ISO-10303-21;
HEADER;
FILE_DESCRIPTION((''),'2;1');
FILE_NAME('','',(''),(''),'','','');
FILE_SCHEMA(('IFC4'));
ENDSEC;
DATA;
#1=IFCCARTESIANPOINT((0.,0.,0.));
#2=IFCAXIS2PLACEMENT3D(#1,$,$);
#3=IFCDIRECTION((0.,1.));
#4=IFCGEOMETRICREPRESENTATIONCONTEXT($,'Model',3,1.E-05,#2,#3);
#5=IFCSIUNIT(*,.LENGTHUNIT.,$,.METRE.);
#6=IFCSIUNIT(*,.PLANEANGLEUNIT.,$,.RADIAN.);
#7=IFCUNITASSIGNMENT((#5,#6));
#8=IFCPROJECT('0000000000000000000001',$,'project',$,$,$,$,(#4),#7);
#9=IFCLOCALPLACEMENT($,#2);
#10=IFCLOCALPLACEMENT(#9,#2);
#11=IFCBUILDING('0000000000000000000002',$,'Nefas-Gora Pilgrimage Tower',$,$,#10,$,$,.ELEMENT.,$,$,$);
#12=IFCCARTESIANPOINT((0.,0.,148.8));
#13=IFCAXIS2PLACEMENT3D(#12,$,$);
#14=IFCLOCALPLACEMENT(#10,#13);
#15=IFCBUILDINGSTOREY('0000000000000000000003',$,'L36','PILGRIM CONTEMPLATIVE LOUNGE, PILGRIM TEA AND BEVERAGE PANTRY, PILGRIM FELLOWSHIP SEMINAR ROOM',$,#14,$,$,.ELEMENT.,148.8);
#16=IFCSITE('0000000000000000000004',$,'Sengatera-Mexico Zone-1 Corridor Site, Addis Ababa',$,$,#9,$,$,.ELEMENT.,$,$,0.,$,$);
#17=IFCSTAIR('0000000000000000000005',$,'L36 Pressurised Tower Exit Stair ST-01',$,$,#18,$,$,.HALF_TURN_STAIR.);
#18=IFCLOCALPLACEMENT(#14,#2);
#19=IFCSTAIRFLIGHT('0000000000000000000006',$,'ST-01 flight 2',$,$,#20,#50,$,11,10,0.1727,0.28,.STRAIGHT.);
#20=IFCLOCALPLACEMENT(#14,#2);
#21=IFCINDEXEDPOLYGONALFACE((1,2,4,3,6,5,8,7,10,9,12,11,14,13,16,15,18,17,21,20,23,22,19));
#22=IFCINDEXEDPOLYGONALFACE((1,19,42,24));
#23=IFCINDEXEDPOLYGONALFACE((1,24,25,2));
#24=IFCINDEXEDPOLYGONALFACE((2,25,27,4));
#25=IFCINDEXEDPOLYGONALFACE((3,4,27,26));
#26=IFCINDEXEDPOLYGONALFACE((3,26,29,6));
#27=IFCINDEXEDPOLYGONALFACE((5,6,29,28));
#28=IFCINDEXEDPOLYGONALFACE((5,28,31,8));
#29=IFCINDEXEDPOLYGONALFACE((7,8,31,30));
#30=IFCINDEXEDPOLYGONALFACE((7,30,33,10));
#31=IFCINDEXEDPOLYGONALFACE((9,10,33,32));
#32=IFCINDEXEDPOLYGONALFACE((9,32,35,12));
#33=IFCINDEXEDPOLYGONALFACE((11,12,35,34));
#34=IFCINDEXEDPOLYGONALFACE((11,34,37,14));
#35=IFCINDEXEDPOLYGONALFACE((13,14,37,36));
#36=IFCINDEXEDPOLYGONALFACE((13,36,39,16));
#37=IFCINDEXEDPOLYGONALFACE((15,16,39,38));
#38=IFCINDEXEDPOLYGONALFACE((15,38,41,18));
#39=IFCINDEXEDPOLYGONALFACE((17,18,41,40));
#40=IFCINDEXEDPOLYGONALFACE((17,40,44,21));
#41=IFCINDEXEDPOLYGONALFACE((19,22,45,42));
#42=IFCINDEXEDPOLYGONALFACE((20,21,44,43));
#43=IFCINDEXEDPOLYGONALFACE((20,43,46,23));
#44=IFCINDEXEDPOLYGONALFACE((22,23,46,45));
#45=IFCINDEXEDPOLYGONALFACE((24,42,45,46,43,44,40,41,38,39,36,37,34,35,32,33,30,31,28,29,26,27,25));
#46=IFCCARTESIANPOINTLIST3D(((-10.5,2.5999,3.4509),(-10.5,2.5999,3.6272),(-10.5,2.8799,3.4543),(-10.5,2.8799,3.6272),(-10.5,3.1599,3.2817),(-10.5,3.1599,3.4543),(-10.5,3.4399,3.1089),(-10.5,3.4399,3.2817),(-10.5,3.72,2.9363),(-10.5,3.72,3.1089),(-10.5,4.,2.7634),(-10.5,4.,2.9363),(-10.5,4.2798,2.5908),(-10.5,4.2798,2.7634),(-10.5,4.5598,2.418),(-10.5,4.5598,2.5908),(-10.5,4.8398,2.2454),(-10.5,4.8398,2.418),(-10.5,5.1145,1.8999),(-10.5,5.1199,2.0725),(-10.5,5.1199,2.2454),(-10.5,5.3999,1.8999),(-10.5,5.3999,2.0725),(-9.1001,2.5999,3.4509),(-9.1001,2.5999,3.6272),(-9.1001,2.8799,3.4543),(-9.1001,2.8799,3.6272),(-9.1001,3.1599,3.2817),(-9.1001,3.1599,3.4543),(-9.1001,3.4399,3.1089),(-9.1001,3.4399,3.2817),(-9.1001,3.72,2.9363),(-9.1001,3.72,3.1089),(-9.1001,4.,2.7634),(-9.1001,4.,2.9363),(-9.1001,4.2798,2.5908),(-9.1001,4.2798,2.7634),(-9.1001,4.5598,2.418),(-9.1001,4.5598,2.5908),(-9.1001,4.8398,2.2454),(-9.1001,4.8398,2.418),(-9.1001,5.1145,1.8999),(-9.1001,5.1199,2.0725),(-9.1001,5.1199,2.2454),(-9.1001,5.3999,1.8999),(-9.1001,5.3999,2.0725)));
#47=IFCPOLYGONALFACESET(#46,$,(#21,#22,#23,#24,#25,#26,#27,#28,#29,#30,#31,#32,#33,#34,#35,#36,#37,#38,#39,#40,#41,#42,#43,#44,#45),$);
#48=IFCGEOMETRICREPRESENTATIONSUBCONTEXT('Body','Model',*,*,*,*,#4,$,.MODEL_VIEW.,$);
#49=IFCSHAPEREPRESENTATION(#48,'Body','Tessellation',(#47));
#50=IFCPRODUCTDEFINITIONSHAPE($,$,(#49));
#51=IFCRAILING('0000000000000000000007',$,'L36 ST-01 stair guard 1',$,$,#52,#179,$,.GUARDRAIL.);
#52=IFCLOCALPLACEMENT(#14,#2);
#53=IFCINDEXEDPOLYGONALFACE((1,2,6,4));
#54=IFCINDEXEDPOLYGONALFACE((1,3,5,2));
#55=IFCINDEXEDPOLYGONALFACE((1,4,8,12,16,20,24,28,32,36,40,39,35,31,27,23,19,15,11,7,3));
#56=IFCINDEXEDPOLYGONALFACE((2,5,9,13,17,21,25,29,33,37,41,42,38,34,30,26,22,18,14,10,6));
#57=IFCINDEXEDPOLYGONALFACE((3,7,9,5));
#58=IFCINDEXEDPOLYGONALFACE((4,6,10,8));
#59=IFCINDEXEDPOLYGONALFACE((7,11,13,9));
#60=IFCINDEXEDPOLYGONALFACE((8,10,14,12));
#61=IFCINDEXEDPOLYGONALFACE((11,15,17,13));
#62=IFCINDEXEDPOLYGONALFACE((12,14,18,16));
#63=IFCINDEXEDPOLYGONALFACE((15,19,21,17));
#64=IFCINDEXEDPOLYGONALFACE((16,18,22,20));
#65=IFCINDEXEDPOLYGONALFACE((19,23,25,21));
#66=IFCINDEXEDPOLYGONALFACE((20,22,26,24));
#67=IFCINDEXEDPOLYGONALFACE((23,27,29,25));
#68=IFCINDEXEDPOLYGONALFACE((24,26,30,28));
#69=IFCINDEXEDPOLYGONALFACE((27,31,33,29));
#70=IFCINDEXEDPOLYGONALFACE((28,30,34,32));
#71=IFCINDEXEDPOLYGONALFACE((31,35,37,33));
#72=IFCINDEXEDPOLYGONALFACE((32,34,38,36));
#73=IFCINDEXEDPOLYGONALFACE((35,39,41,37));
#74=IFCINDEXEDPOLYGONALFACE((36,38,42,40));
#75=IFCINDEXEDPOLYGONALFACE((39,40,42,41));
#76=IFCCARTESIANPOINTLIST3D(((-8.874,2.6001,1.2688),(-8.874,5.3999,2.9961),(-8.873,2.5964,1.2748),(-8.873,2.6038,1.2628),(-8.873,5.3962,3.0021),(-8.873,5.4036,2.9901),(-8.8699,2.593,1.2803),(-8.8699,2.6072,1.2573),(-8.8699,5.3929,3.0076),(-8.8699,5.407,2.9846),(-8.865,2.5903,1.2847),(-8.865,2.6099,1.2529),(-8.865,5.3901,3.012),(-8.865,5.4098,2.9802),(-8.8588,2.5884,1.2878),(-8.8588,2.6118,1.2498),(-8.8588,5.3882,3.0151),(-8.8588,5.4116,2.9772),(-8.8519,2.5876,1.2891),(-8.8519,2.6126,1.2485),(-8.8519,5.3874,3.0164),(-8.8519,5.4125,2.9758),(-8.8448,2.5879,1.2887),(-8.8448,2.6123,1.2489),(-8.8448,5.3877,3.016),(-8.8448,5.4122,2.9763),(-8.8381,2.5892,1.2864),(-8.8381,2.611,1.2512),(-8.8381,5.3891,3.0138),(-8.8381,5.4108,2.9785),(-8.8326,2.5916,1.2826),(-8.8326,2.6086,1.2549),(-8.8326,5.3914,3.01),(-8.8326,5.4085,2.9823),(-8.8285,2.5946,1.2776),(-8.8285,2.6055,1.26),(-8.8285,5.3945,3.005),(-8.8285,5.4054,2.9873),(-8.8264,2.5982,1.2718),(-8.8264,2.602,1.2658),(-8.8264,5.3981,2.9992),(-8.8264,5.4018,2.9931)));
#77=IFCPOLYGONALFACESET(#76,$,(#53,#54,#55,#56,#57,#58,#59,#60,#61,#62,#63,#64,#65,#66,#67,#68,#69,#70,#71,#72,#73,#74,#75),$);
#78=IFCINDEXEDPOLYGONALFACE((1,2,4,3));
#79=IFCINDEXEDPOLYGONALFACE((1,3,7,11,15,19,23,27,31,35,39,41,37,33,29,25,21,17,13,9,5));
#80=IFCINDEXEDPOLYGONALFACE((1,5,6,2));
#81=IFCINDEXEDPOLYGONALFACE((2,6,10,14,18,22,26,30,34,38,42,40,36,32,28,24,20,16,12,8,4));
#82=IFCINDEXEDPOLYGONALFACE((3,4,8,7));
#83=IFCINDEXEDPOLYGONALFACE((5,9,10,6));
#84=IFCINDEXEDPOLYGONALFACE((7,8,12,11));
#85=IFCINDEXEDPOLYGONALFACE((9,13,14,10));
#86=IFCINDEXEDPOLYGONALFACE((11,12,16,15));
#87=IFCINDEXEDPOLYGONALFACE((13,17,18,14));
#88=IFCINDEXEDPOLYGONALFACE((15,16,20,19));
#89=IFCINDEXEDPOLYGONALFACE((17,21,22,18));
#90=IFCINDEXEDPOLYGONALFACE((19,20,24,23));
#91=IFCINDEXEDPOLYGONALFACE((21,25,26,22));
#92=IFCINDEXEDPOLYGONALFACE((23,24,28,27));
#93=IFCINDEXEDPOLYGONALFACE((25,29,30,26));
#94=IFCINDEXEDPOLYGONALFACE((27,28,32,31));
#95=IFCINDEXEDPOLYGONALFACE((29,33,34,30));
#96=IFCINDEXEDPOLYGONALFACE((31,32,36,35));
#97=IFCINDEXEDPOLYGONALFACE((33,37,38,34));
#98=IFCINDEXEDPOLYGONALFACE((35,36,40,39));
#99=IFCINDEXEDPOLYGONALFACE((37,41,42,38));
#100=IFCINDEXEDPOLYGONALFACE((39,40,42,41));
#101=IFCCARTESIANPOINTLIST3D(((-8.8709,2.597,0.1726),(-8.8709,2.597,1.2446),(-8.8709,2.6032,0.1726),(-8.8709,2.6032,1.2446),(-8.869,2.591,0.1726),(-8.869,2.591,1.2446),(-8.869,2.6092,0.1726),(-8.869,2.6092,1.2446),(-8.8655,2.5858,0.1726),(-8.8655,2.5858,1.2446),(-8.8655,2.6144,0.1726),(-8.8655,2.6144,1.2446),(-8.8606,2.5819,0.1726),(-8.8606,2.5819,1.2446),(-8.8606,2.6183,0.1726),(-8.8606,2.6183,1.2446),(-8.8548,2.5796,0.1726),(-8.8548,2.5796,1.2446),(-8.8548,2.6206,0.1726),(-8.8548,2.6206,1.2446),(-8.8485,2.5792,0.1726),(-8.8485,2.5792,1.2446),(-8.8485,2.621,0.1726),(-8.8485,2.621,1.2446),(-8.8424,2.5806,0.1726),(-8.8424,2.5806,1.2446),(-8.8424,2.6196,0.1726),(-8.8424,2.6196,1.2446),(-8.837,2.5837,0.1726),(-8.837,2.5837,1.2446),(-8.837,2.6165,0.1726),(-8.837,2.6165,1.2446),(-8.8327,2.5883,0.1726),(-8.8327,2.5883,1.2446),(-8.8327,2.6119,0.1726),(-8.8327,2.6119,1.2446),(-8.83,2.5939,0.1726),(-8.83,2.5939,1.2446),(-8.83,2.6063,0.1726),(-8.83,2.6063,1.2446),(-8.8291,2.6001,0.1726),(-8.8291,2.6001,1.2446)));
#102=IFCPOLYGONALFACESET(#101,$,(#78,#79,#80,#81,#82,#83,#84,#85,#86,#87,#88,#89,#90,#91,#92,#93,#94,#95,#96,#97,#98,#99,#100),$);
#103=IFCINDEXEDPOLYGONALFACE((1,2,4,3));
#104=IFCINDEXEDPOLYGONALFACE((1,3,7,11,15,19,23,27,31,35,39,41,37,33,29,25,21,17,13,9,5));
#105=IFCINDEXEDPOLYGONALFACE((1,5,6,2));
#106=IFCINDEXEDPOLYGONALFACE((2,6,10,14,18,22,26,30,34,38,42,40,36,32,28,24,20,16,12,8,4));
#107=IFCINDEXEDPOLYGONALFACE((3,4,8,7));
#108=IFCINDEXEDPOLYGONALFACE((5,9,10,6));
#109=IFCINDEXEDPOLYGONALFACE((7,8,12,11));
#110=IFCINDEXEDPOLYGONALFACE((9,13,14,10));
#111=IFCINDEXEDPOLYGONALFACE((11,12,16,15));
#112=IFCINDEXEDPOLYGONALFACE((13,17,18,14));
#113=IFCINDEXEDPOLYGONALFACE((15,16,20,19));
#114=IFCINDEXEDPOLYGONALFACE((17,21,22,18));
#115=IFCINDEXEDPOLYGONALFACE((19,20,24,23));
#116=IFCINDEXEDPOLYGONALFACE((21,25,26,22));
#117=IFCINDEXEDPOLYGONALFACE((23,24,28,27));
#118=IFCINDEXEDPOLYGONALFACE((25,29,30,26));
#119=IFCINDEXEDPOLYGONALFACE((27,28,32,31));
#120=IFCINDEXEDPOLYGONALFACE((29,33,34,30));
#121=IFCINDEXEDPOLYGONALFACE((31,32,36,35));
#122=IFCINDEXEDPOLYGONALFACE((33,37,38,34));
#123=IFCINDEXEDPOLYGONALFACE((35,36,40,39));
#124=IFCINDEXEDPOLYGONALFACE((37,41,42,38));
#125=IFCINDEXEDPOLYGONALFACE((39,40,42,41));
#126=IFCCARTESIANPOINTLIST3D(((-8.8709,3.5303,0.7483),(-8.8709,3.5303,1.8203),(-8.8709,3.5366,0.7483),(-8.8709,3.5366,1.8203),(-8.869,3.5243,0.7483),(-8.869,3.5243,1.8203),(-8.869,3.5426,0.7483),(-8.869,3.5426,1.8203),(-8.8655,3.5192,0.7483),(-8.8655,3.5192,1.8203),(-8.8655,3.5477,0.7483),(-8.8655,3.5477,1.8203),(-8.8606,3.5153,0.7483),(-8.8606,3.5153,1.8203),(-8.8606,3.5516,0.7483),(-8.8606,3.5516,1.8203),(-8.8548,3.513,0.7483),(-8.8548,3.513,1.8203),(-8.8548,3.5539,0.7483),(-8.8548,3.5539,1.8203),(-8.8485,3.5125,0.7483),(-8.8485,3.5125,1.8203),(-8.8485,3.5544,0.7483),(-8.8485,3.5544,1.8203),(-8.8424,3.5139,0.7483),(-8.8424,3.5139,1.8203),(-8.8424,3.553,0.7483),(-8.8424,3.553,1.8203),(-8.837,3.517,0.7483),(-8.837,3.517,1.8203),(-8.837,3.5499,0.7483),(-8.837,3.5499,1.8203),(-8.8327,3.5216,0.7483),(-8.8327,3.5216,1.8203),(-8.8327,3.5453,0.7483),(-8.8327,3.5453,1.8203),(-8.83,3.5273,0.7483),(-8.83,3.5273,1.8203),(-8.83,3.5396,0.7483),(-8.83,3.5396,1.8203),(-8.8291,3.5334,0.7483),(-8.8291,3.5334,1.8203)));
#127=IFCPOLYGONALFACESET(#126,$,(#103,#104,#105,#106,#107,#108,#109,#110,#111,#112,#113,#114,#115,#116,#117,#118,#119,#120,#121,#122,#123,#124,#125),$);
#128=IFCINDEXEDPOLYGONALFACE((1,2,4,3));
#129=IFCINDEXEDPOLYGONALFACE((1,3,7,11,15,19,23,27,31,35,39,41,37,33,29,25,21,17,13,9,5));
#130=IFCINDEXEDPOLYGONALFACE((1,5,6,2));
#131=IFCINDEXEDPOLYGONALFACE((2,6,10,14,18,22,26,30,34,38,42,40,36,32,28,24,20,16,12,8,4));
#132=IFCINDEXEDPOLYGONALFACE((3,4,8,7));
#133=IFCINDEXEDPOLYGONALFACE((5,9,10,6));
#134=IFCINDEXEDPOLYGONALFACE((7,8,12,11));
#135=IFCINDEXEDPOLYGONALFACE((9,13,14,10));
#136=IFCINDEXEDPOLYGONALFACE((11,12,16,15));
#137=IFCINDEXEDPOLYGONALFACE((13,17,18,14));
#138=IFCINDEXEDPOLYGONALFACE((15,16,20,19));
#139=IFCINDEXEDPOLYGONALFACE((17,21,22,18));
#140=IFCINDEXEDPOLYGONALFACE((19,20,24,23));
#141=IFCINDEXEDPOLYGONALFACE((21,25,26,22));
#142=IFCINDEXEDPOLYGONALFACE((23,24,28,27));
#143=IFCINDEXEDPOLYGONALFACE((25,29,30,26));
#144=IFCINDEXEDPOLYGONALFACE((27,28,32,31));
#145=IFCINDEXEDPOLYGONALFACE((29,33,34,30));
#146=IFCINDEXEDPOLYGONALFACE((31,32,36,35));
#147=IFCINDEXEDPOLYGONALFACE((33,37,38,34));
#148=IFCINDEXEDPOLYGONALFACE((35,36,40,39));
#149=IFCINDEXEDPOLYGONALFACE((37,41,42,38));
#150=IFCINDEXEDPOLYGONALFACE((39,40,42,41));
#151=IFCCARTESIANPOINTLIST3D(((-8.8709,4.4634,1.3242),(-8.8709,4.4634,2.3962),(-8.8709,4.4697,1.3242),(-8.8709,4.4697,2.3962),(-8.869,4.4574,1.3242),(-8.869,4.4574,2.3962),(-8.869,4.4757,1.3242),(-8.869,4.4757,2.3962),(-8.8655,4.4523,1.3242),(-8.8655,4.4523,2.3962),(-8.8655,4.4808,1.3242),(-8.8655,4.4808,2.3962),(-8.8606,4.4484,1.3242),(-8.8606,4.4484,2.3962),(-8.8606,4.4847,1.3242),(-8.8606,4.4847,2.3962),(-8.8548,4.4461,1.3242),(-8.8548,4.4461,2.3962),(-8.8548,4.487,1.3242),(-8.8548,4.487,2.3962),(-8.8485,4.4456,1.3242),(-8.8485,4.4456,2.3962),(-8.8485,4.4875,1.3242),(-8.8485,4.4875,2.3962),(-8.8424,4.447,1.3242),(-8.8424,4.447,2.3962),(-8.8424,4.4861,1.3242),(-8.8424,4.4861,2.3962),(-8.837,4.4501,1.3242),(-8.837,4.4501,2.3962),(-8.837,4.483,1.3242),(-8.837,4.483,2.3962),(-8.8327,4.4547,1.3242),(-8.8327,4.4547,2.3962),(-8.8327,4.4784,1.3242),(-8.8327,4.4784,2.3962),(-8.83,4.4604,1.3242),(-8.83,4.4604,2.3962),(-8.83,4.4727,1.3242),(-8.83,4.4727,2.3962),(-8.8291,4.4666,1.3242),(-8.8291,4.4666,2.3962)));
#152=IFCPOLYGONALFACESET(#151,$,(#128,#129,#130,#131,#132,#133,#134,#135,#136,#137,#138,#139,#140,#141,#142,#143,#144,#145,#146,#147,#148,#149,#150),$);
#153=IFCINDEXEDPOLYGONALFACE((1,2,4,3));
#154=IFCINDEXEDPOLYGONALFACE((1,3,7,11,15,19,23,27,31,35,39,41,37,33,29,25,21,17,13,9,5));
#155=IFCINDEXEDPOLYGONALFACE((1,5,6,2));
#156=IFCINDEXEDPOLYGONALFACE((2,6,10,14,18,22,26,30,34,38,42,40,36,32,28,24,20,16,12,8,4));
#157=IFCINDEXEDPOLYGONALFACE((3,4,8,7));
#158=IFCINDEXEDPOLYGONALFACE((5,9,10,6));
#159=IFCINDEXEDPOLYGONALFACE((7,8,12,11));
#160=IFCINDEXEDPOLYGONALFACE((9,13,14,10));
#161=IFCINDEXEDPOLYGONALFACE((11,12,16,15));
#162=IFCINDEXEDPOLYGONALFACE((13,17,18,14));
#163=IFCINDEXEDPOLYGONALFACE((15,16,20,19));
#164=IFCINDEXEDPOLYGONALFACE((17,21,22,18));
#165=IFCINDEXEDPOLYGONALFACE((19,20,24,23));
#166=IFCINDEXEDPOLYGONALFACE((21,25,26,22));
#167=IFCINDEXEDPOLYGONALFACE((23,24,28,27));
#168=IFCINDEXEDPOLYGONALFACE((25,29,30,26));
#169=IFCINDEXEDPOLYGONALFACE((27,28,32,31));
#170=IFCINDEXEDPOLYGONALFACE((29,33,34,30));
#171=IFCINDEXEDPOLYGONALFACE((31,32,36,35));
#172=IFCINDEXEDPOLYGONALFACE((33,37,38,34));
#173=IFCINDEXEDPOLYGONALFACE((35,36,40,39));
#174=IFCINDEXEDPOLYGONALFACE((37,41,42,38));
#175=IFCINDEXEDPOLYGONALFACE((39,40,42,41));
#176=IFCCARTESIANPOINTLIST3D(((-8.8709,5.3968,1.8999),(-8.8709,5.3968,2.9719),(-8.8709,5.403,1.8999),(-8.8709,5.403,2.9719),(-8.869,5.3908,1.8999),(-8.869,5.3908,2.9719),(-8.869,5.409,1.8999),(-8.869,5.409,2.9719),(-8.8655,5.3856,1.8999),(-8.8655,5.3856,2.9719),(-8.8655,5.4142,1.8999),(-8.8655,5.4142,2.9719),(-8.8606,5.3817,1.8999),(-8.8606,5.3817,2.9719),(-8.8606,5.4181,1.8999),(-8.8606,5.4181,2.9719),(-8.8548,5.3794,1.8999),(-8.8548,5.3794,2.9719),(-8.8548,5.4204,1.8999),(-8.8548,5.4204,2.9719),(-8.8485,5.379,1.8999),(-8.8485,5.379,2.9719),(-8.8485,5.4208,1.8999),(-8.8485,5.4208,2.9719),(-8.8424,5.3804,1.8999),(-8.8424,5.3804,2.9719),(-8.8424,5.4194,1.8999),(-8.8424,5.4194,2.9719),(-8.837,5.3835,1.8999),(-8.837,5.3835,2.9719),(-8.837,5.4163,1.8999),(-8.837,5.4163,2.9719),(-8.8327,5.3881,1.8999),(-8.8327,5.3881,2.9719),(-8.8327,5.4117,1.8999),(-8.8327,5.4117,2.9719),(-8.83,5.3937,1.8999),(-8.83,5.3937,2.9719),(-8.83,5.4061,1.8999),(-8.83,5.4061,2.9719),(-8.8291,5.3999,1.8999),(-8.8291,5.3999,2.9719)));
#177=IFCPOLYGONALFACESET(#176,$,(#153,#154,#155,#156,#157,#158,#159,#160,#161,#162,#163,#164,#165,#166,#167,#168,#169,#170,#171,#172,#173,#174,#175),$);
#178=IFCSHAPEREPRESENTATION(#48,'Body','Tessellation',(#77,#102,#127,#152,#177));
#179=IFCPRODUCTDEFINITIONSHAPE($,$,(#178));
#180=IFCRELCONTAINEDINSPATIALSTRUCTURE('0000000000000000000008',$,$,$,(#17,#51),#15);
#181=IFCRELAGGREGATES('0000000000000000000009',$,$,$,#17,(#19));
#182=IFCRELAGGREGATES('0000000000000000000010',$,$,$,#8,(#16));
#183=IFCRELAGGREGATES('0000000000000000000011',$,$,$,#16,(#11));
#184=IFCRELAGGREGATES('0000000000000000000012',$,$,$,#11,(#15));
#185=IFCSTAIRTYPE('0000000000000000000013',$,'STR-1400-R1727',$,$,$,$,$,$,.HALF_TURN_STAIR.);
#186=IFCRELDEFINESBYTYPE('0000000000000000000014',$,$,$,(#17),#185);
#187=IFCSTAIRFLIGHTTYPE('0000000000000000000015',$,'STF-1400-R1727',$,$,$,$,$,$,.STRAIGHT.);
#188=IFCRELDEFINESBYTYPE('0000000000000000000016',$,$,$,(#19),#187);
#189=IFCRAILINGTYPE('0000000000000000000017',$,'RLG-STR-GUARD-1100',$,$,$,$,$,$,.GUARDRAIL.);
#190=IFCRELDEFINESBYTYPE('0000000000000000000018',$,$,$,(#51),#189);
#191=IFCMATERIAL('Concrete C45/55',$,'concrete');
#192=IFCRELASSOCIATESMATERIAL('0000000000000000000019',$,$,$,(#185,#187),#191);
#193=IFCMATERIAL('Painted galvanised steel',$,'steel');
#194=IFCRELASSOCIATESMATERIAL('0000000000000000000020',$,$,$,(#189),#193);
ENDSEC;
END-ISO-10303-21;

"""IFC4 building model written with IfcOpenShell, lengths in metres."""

from ifc_helpers import new_model, si_unit, direction, frame, origin, origin_2d, place, context, subcontext, project, spatial, polyline, circle, outline, extrude, source, transform, mapped, material, type_object, element, aggregate, save


model = new_model("IFC4")

# Units and contexts
model_context = context("Model", 3, precision=1e-05, world=origin(), true_north=direction((0.0, 1.0)))
body_context = subcontext(model_context, "Body", "Model", "MODEL_VIEW")
ifc_project = project(units=[si_unit("LENGTHUNIT", "METRE"), si_unit("PLANEANGLEUNIT", "RADIAN")], contexts=[model_context])

# Site, building, storey
site_placement = place(None, origin())
site = spatial("IfcSite", under=ifc_project, at=site_placement, Name="Sengatera-Mexico Zone-1 Corridor Site, Addis Ababa", CompositionType="ELEMENT", RefElevation=0.0)
building_placement = place(site_placement, origin())
building = spatial("IfcBuilding", under=site, at=building_placement, Name="Nefas-Gora Pilgrimage Tower", CompositionType="ELEMENT")
storey_placement = place(building_placement, frame((0.0, 0.0, 148.8)))
storey = spatial("IfcBuildingStorey", under=building, at=storey_placement, Name="L36", Description="PILGRIM CONTEMPLATIVE LOUNGE, PILGRIM TEA AND BEVERAGE PANTRY, PILGRIM FELLOWSHIP SEMINAR ROOM", CompositionType="ELEMENT", Elevation=148.8)

# Shared definitions
ifc_material_1 = material(Name="Concrete C45/55", Category="concrete")

# Stair, stair flight
stair_type = type_object("IfcStairType", Name="STR-1400-R1727", PredefinedType="HALF_TURN_STAIR", material=ifc_material_1)
stair_placement = place(storey_placement, origin())
stair = element("IfcStair", 1, at=stair_placement, inside=storey, type_object=stair_type, Name="L36 Pressurised Tower Exit Stair ST-01", PredefinedType="HALF_TURN_STAIR")
stair_flight_type = type_object("IfcStairFlightType", Name="STF-1400-R1727", PredefinedType="STRAIGHT", material=ifc_material_1)
shared_shape_1 = source(origin(), body_context, "Body", "SweptSolid", [
    extrude(outline(polyline([(0.0, 0.0), (0.0, 0.1726), (0.28, 0.1726), (0.28, 0.3455), (0.5601, 0.3455), (0.5601, 0.5181), (0.8401, 0.5181), (0.8401, 0.6909), (1.1201, 0.6909), (1.1201, 0.8635), (1.3999, 0.8635), (1.3999, 1.0364), (1.6799, 1.0364), (1.6799, 1.209), (1.96, 1.209), (1.96, 1.3818), (2.24, 1.3818), (2.24, 1.5544), (2.52, 1.5544), (2.52, 1.7273), (2.8, 1.7273), (2.8, 1.8999), (2.8, 1.551), (0.2854, 0.0), (0.0, 0.0)])), frame((0.0, 0.7, 0.0), z_axis=(0.0, -1.0, 0.0), x_axis=(1.0, 0.0, 0.0)), (0.0, 0.0, 1.0), 1.3999),
])
stair_flight_1_placement = place(storey_placement, frame((-9.8, 5.3999, 1.8999), z_axis=(0.0, 0.0, 1.0), x_axis=(0.0, -1.0, 0.0)))
stair_flight_1 = element("IfcStairFlight", 2, at=stair_flight_1_placement, type_object=stair_flight_type, Name="ST-01 flight 2", NumberOfRisers=11, NumberOfTreads=10, PredefinedType="STRAIGHT", RiserHeight=0.1727, TreadLength=0.28, context=body_context, shape_type="MappedRepresentation", body=[
    mapped(shared_shape_1, transform((0.0, 0.0, 0.0), x_axis=(1.0, 0.0, 0.0), y_axis=(0.0, 1.0, 0.0), z_axis=(0.0, 0.0, 1.0), scale=1.0)),
])
aggregate(stair, [stair_flight_1])

# Railing
ifc_material_2 = material(Name="Painted galvanised steel", Category="steel")
railing_type_1 = type_object("IfcRailingType", Name="RLG-STR-GUARD-1100", PredefinedType="GUARDRAIL", material=ifc_material_2)
railing_1_placement = place(storey_placement, frame((-8.8501, 2.6001, 0.1726)))
element("IfcRailing", 3, at=railing_1_placement, inside=storey, type_object=railing_type_1, Name="L36 ST-01 stair guard 1", PredefinedType="GUARDRAIL", context=body_context, shape_type="SweptSolid", body=[
    extrude(circle(Radius=0.0239, at=origin_2d()), frame((0.0, 0.0, 1.0962), z_axis=(0.0, 0.851069, 0.525054), x_axis=(-1.0, 0.0, 0.0)), (0.0, 0.0, 1.0), 3.2898),
    extrude(circle(Radius=0.021, at=origin_2d()), origin(), (0.0, 0.0, 1.0), 1.072),
    extrude(circle(Radius=0.021, at=origin_2d()), frame((0.0, 0.9333, 0.5757)), (0.0, 0.0, 1.0), 1.072),
    extrude(circle(Radius=0.021, at=origin_2d()), frame((0.0, 1.8665, 1.1516)), (0.0, 0.0, 1.0), 1.072),
    extrude(circle(Radius=0.021, at=origin_2d()), frame((0.0, 2.7998, 1.7273)), (0.0, 0.0, 1.0), 1.072),
])

save(model, "model.ifc")
